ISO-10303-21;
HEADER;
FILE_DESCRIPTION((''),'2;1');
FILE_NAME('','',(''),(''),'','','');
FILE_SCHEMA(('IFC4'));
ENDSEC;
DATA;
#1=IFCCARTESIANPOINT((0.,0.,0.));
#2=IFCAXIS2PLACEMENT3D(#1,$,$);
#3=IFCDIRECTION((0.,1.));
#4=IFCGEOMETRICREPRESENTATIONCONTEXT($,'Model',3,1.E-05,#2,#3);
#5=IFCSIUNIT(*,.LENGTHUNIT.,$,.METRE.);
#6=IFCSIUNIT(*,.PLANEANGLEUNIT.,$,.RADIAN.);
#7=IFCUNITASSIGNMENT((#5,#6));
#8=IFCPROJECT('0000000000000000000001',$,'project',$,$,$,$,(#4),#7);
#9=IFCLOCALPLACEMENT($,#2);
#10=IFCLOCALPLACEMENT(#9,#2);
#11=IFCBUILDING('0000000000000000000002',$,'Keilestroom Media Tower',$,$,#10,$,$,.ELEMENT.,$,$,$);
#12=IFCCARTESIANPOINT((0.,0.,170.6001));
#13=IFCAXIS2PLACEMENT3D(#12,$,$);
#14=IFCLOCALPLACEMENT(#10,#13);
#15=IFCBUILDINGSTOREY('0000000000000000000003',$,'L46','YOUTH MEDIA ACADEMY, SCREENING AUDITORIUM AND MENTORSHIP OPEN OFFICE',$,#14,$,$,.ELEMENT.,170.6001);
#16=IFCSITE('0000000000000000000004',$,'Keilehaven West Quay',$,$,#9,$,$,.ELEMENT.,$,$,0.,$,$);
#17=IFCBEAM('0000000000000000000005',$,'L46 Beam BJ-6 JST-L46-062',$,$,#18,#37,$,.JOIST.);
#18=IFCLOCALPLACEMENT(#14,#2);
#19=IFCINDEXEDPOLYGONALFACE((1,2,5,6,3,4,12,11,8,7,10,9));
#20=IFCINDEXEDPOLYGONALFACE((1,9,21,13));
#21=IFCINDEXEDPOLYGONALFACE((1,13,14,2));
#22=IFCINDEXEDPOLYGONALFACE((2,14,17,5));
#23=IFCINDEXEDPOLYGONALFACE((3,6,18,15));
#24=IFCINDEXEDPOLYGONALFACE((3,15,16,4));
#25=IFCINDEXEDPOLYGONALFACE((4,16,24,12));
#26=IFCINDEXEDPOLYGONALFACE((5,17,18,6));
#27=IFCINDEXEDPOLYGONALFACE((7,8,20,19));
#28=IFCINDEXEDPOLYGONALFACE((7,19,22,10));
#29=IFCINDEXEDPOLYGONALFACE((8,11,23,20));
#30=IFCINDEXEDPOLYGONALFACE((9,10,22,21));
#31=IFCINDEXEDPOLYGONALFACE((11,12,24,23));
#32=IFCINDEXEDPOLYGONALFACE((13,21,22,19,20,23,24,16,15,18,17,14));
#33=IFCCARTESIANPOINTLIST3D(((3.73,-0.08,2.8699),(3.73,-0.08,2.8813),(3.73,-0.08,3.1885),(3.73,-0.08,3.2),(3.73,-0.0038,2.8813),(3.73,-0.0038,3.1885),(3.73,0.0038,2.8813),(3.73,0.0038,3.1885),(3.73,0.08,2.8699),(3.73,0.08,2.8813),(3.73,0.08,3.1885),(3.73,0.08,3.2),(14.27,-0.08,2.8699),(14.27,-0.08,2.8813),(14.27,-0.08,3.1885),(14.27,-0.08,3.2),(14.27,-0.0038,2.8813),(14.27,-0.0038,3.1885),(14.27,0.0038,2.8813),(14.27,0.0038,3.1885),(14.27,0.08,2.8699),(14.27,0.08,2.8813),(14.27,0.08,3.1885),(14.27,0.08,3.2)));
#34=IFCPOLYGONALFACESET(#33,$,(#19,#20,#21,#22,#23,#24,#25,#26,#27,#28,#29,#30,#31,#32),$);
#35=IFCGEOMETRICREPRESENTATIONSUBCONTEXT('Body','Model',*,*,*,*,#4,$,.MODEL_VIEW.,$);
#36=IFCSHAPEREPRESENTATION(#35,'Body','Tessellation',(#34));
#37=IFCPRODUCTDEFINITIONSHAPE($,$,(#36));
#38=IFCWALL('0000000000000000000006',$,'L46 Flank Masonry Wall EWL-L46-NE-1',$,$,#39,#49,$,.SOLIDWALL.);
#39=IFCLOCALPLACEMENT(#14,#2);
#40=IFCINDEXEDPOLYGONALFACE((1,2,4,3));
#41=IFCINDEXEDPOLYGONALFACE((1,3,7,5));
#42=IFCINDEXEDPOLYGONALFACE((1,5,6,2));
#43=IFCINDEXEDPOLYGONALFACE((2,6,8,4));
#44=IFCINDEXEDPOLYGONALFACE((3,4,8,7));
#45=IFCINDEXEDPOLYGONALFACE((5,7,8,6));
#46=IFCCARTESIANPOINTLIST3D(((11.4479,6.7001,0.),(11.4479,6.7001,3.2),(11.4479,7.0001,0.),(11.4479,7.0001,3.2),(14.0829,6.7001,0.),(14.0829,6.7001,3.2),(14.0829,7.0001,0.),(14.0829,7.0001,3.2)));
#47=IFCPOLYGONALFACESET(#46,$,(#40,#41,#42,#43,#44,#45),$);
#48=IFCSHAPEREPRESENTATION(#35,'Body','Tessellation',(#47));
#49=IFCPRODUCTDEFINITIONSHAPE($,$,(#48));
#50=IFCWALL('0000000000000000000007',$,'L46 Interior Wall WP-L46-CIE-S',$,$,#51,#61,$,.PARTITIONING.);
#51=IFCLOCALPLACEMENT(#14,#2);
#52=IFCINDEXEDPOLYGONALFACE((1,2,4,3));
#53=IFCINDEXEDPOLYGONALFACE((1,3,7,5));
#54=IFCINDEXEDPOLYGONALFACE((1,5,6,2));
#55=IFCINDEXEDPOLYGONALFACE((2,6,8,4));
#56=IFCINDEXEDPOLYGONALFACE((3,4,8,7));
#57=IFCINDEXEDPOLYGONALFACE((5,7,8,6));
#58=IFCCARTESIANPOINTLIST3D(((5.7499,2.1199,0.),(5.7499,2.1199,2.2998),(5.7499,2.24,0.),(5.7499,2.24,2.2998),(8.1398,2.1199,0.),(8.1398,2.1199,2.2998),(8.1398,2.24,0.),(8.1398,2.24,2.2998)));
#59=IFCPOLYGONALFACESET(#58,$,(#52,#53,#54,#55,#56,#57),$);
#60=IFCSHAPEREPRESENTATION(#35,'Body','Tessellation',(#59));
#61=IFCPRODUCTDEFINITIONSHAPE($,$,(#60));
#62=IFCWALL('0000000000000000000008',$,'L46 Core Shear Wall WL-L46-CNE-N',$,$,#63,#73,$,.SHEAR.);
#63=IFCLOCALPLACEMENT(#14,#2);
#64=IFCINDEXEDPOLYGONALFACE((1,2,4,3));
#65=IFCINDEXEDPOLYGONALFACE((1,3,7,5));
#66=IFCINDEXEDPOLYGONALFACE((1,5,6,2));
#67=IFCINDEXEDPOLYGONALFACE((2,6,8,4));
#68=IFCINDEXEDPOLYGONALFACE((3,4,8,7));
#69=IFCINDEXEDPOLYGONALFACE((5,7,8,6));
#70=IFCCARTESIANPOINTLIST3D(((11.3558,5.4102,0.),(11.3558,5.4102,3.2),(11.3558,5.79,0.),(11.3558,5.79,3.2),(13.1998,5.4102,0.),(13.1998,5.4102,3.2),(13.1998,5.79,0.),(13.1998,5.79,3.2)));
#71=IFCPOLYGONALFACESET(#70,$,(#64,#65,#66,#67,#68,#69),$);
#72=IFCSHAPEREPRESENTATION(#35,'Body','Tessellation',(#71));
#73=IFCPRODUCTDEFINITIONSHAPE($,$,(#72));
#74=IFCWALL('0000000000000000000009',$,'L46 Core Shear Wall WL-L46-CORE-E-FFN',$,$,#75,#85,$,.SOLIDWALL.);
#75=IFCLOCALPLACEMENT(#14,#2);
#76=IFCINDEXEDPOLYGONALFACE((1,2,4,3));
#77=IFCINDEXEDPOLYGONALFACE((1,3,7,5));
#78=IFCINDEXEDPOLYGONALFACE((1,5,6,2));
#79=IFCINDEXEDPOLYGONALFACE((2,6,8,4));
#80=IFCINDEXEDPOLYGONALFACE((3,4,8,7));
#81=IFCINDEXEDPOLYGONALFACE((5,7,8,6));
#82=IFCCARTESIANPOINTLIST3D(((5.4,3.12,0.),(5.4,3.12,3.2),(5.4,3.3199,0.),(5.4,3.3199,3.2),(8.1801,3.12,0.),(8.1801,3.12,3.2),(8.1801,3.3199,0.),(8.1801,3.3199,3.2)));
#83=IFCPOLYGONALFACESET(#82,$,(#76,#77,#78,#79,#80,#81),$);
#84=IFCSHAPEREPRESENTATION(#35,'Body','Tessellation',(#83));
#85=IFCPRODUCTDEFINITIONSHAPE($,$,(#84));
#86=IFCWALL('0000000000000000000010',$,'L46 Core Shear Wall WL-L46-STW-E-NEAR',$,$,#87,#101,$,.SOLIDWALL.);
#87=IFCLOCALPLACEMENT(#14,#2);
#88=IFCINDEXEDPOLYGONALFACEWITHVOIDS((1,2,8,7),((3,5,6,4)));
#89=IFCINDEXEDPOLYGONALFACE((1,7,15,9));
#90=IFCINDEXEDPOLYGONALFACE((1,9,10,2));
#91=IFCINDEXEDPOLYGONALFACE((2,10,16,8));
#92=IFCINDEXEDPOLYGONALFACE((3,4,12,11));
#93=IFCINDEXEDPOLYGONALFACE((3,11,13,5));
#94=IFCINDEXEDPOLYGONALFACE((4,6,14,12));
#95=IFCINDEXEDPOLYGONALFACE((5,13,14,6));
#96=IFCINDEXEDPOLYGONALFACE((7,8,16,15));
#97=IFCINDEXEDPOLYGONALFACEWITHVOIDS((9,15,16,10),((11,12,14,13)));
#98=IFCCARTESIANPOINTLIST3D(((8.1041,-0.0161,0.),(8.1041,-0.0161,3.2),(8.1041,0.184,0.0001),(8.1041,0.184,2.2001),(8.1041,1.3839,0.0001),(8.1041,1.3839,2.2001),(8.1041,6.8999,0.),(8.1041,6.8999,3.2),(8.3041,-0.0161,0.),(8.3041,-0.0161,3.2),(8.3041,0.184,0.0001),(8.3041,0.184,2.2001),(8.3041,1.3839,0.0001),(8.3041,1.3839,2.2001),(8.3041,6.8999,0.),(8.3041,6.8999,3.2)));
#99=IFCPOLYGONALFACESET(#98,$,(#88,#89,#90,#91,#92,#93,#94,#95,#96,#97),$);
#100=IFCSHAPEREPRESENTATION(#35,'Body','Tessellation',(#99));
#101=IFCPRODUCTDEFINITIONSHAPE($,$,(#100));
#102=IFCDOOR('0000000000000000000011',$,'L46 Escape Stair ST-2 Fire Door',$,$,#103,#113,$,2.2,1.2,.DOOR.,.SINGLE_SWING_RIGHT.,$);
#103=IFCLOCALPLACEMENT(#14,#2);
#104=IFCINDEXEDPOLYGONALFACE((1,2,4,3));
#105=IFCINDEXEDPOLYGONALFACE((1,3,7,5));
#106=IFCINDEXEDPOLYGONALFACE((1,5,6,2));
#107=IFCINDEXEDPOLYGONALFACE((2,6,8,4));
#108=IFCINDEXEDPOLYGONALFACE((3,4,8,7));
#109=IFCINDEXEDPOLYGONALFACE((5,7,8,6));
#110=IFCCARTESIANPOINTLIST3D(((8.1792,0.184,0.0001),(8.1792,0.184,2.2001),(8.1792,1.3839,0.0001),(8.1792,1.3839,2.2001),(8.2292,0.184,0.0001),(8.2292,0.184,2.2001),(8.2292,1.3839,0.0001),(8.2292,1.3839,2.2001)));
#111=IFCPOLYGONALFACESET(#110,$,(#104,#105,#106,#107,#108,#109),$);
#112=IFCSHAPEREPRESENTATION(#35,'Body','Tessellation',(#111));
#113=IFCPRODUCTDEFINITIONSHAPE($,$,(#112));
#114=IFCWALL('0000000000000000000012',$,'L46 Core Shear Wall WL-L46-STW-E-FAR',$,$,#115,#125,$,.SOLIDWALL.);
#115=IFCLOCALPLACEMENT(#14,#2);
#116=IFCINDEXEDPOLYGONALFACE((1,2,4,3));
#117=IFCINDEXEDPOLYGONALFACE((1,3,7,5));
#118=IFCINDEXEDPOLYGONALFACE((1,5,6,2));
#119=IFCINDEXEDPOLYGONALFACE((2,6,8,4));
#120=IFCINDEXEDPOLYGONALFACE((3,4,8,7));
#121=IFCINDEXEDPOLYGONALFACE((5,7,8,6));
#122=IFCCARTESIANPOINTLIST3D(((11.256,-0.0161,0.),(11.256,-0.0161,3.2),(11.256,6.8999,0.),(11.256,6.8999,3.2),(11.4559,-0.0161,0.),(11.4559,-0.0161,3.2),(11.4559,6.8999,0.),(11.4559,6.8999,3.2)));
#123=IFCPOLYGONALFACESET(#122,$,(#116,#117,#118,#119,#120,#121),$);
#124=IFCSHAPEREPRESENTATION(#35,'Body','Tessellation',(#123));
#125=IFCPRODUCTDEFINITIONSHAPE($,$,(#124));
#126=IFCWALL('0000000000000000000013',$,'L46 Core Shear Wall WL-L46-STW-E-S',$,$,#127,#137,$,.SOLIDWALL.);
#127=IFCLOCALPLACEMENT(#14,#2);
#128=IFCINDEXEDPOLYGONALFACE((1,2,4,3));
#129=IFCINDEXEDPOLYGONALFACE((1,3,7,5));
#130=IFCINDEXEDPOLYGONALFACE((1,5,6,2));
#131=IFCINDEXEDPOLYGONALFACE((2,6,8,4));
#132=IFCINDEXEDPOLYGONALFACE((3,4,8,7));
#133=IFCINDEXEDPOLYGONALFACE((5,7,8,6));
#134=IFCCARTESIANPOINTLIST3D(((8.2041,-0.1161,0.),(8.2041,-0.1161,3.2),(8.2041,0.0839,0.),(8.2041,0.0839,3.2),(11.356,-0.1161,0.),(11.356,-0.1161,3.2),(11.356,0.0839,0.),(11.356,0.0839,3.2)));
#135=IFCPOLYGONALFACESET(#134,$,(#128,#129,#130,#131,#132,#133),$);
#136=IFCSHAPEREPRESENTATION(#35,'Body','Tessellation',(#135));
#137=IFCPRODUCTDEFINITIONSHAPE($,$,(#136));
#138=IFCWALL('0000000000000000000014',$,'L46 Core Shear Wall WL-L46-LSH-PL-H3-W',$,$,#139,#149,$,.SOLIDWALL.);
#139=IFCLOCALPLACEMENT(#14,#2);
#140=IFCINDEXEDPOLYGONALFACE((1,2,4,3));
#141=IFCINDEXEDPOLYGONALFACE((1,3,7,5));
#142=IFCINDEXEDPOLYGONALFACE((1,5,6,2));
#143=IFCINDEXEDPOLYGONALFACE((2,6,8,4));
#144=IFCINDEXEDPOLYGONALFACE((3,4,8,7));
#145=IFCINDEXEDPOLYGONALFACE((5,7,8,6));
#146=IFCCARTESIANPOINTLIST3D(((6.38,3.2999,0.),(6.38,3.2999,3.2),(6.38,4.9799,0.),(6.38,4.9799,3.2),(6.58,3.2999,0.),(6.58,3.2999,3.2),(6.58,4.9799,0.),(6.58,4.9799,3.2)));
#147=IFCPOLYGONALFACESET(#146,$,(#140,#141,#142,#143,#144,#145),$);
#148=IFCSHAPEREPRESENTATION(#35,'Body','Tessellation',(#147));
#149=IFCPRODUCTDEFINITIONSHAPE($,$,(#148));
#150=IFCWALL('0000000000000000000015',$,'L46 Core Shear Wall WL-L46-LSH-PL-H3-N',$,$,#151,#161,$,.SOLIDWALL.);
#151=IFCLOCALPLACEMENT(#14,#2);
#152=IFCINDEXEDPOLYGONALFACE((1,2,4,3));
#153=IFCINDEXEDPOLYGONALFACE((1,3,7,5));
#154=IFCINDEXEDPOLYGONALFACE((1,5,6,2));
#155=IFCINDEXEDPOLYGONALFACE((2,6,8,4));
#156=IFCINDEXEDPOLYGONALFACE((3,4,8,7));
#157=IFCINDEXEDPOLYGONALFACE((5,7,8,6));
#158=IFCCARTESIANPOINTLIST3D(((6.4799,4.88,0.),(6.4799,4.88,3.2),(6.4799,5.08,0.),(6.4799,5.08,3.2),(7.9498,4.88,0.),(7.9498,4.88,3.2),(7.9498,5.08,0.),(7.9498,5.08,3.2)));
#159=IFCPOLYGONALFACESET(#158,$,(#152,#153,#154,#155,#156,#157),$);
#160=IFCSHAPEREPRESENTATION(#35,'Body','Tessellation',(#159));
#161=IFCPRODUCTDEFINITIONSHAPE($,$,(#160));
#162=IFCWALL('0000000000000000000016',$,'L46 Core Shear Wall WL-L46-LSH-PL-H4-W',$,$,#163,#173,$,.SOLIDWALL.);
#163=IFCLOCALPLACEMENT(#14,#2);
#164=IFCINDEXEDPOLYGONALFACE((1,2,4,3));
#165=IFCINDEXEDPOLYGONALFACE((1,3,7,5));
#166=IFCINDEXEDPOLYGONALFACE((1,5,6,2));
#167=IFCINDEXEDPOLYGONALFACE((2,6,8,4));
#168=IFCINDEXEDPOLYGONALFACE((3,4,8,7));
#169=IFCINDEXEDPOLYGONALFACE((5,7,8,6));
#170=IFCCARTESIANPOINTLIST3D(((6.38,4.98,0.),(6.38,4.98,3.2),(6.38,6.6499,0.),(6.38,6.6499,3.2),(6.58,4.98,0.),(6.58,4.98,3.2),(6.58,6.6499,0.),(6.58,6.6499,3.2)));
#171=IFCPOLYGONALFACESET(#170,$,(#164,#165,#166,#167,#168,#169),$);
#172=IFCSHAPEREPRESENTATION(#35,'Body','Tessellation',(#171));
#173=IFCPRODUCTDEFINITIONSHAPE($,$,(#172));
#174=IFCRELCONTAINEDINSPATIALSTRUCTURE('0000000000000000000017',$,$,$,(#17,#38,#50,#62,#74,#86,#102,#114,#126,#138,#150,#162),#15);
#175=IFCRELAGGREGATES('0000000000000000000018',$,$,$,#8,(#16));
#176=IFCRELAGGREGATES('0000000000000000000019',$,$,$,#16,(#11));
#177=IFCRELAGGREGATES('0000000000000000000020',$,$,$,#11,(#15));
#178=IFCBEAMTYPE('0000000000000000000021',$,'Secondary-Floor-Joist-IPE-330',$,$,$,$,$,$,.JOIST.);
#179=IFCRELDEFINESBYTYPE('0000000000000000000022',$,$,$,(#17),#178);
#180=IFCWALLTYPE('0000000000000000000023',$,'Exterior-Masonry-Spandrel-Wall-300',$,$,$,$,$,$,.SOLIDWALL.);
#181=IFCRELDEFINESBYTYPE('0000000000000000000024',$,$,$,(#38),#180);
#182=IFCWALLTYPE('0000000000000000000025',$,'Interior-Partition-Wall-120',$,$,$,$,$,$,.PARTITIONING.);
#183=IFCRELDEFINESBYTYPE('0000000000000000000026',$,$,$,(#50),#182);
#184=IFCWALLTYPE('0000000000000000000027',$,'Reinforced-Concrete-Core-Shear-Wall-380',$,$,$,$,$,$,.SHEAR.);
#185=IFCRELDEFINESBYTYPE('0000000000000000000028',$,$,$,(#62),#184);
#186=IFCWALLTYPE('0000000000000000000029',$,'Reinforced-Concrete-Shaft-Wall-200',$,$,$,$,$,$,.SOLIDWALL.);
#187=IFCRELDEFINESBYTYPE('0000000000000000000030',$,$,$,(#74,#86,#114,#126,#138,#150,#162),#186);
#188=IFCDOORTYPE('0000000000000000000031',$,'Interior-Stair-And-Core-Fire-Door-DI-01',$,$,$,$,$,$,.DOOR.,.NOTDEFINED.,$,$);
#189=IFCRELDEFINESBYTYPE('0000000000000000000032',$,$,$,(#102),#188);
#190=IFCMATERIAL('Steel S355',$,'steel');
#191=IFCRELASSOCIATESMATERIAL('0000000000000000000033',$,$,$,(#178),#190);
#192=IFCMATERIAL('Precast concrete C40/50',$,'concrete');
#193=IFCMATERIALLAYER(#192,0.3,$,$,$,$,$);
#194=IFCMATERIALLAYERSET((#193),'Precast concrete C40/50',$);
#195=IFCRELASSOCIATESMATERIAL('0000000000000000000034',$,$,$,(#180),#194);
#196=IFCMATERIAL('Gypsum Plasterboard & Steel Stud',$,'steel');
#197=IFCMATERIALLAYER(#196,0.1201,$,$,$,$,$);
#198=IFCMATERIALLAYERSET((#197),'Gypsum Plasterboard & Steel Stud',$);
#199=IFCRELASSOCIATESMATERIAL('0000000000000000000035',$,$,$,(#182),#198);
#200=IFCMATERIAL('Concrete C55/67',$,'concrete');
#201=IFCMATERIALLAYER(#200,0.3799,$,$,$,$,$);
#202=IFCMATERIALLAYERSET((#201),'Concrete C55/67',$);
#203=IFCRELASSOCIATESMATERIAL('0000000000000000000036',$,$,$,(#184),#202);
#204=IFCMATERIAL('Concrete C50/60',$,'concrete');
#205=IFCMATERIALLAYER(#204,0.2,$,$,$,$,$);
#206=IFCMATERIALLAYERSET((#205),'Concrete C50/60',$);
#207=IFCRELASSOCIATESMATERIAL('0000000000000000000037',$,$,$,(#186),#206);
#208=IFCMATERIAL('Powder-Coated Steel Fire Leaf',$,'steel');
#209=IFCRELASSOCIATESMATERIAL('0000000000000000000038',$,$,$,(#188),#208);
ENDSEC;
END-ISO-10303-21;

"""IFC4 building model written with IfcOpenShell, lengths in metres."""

from ifc_helpers import new_model, si_unit, direction, frame, frame_2d, origin, origin_2d, place, context, subcontext, project, spatial, rectangle, i_section, extrude, source, transform, mapped, material, layer, layer_set, material_profile, profile_set, type_object, element, fill, save


model = new_model("IFC4")

# Units and contexts
model_context = context("Model", 3, precision=1e-05, world=origin(), true_north=direction((0.0, 1.0)))
body_context = subcontext(model_context, "Body", "Model", "MODEL_VIEW")
ifc_project = project(units=[si_unit("LENGTHUNIT", "METRE"), si_unit("PLANEANGLEUNIT", "RADIAN")], contexts=[model_context])

# Site, building, storey
site_placement = place(None, origin())
site = spatial("IfcSite", under=ifc_project, at=site_placement, Name="Keilehaven West Quay", CompositionType="ELEMENT", RefElevation=0.0)
building_placement = place(site_placement, origin())
building = spatial("IfcBuilding", under=site, at=building_placement, Name="Keilestroom Media Tower", CompositionType="ELEMENT")
storey_placement = place(building_placement, frame((0.0, 0.0, 170.6001)))
storey = spatial("IfcBuildingStorey", under=building, at=storey_placement, Name="L46", Description="YOUTH MEDIA ACADEMY, SCREENING AUDITORIUM AND MENTORSHIP OPEN OFFICE", CompositionType="ELEMENT", Elevation=170.6001)

# Beam
ifc_material_1 = material(Name="Steel S355", Category="steel")
ifc_material_profile = material_profile(ifc_material_1, i_section(OverallWidth=0.1599, OverallDepth=0.3301, WebThickness=0.0076, FlangeThickness=0.0115, at=origin_2d()), Name="IPE 330")
ifc_profile_set = profile_set([ifc_material_profile], Name="Steel S355")
beam_type = type_object("IfcBeamType", Name="Secondary-Floor-Joist-IPE-330", PredefinedType="JOIST", material=ifc_profile_set)
shared_shape_1 = source(origin(), body_context, "Body", "SweptSolid", [
    extrude(i_section(OverallWidth=0.1599, OverallDepth=0.3301, WebThickness=0.0076, FlangeThickness=0.0115, at=origin_2d()), origin(), (0.0, 0.0, 1.0), 10.54),
])
beam_placement = place(storey_placement, frame((3.73, 0.0, 3.0349), z_axis=(1.0, 0.0, 0.0), x_axis=(0.0, 1.0, 0.0)))
element("IfcBeam", 1, at=beam_placement, inside=storey, type_object=beam_type, Name="L46 Beam BJ-6 JST-L46-062", PredefinedType="JOIST", context=body_context, shape_type="MappedRepresentation", body=[
    mapped(shared_shape_1, transform((0.0, 0.0, 0.0), x_axis=(1.0, 0.0, 0.0), y_axis=(0.0, 1.0, 0.0), z_axis=(0.0, 0.0, 1.0), scale=1.0)),
])

# Walls
ifc_material_2 = material(Name="Precast concrete C40/50", Category="concrete")
ifc_layer_1 = layer(ifc_material_2, 0.3)
ifc_layer_set_1 = layer_set([ifc_layer_1], Name="Precast concrete C40/50")
wall_type_1 = type_object("IfcWallType", Name="Exterior-Masonry-Spandrel-Wall-300", PredefinedType="SOLIDWALL", material=ifc_layer_set_1)
wall_1_placement = place(storey_placement, frame((11.448, 6.8501, 0.0), z_axis=(0.0, 0.0, 1.0), x_axis=(1.0, 0.0, 0.0)))
element("IfcWall", 2, at=wall_1_placement, inside=storey, type_object=wall_type_1, Name="L46 Flank Masonry Wall EWL-L46-NE-1", PredefinedType="SOLIDWALL", context=body_context, shape_type="SweptSolid", body=[
    extrude(rectangle(XDim=2.635, YDim=0.3, at=frame_2d((1.3174, 0.0))), origin(), (0.0, 0.0, 1.0), 3.2),
])
ifc_material_3 = material(Name="Gypsum Plasterboard & Steel Stud", Category="steel")
ifc_layer_2 = layer(ifc_material_3, 0.1201)
ifc_layer_set_2 = layer_set([ifc_layer_2], Name="Gypsum Plasterboard & Steel Stud")
wall_type_2 = type_object("IfcWallType", Name="Interior-Partition-Wall-120", PredefinedType="PARTITIONING", material=ifc_layer_set_2)
wall_2_placement = place(storey_placement, frame((5.75, 2.1799, 0.0), z_axis=(0.0, 0.0, 1.0), x_axis=(1.0, 0.0, 0.0)))
element("IfcWall", 3, at=wall_2_placement, inside=storey, type_object=wall_type_2, Name="L46 Interior Wall WP-L46-CIE-S", PredefinedType="PARTITIONING", context=body_context, shape_type="SweptSolid", body=[
    extrude(rectangle(XDim=2.3899, YDim=0.1201, at=frame_2d((1.1948, 0.0))), origin(), (0.0, 0.0, 1.0), 2.2998),
])
ifc_material_4 = material(Name="Concrete C55/67", Category="concrete")
ifc_layer_3 = layer(ifc_material_4, 0.3799)
ifc_layer_set_3 = layer_set([ifc_layer_3], Name="Concrete C55/67")
wall_type_3 = type_object("IfcWallType", Name="Reinforced-Concrete-Core-Shear-Wall-380", PredefinedType="SHEAR", material=ifc_layer_set_3)
wall_3_placement = place(storey_placement, frame((11.356, 5.6001, 0.0), z_axis=(0.0, 0.0, 1.0), x_axis=(1.0, 0.0, 0.0)))
element("IfcWall", 4, at=wall_3_placement, inside=storey, type_object=wall_type_3, Name="L46 Core Shear Wall WL-L46-CNE-N", PredefinedType="SHEAR", context=body_context, shape_type="SweptSolid", body=[
    extrude(rectangle(XDim=1.844, YDim=0.3799, at=frame_2d((0.9219, 0.0))), origin(), (0.0, 0.0, 1.0), 3.2),
])
ifc_material_5 = material(Name="Concrete C50/60", Category="concrete")
ifc_layer_4 = layer(ifc_material_5, 0.2)
ifc_layer_set_4 = layer_set([ifc_layer_4], Name="Concrete C50/60")
wall_type_4 = type_object("IfcWallType", Name="Reinforced-Concrete-Shaft-Wall-200", PredefinedType="SOLIDWALL", material=ifc_layer_set_4)
wall_4_placement = place(storey_placement, frame((5.3999, 3.22, 0.0), z_axis=(0.0, 0.0, 1.0), x_axis=(1.0, 0.0, 0.0)))
element("IfcWall", 5, at=wall_4_placement, inside=storey, type_object=wall_type_4, Name="L46 Core Shear Wall WL-L46-CORE-E-FFN", PredefinedType="SOLIDWALL", context=body_context, shape_type="SweptSolid", body=[
    extrude(rectangle(XDim=2.78, YDim=0.2, at=frame_2d((1.3901, 0.0))), origin(), (0.0, 0.0, 1.0), 3.2),
])

# Wall, opening, door
wall_5_placement = place(storey_placement, frame((8.2041, -0.0161, 0.0), z_axis=(0.0, 0.0, 1.0), x_axis=(0.0, 1.0, 0.0)))
wall_5 = element("IfcWall", 6, at=wall_5_placement, inside=storey, type_object=wall_type_4, Name="L46 Core Shear Wall WL-L46-STW-E-NEAR", PredefinedType="SOLIDWALL", context=body_context, shape_type="SweptSolid", body=[
    extrude(rectangle(XDim=6.916, YDim=0.2, at=frame_2d((3.458, 0.0))), origin(), (0.0, 0.0, 1.0), 3.2),
])
opening_placement = place(wall_5_placement, frame((0.2, 0.0, 0.0)))
opening = element("IfcOpeningElement", 7, at=opening_placement, cuts=wall_5, PredefinedType="OPENING", context=body_context, shape_type="SweptSolid", body=[
    extrude(rectangle(XDim=1.2, YDim=2.2, at=frame_2d((0.6001, 1.1001))), frame((0.0, 0.1099, 0.0), z_axis=(0.0, -1.0, 0.0), x_axis=(1.0, 0.0, 0.0)), (0.0, 0.0, 1.0), 0.22),
])
ifc_material_6 = material(Name="Powder-Coated Steel Fire Leaf", Category="steel")
door_type = type_object("IfcDoorType", Name="Interior-Stair-And-Core-Fire-Door-DI-01", OperationType="NOTDEFINED", PredefinedType="DOOR", material=ifc_material_6)
shared_shape_2 = source(origin(), body_context, "Body", "SweptSolid", [
    extrude(rectangle(XDim=1.2, YDim=2.2, at=frame_2d((0.6001, 1.1001))), frame((0.0, 0.0249, 0.0), z_axis=(0.0, -1.0, 0.0), x_axis=(1.0, 0.0, 0.0)), (0.0, 0.0, 1.0), 0.05),
])
door_placement = place(opening_placement, origin())
door = element("IfcDoor", 8, at=door_placement, inside=storey, type_object=door_type, Name="L46 Escape Stair ST-2 Fire Door", OperationType="SINGLE_SWING_RIGHT", OverallHeight=2.2, OverallWidth=1.2, PredefinedType="DOOR", context=body_context, shape_type="MappedRepresentation", body=[
    mapped(shared_shape_2, transform((0.0, 0.0, 0.0), x_axis=(1.0, 0.0, 0.0), y_axis=(0.0, 1.0, 0.0), z_axis=(0.0, 0.0, 1.0), scale=1.0)),
])
fill(opening, door)

# Walls
wall_6_placement = place(storey_placement, frame((11.356, -0.0161, 0.0), z_axis=(0.0, 0.0, 1.0), x_axis=(0.0, 1.0, 0.0)))
element("IfcWall", 9, at=wall_6_placement, inside=storey, type_object=wall_type_4, Name="L46 Core Shear Wall WL-L46-STW-E-FAR", PredefinedType="SOLIDWALL", context=body_context, shape_type="SweptSolid", body=[
    extrude(rectangle(XDim=6.916, YDim=0.2, at=frame_2d((3.458, 0.0))), origin(), (0.0, 0.0, 1.0), 3.2),
])
wall_7_placement = place(storey_placement, frame((8.2041, -0.0161, 0.0), z_axis=(0.0, 0.0, 1.0), x_axis=(1.0, 0.0, 0.0)))
element("IfcWall", 10, at=wall_7_placement, inside=storey, type_object=wall_type_4, Name="L46 Core Shear Wall WL-L46-STW-E-S", PredefinedType="SOLIDWALL", context=body_context, shape_type="SweptSolid", body=[
    extrude(rectangle(XDim=3.1519, YDim=0.2, at=frame_2d((1.5759, 0.0))), origin(), (0.0, 0.0, 1.0), 3.2),
])
wall_8_placement = place(storey_placement, frame((6.48, 3.3, 0.0), z_axis=(0.0, 0.0, 1.0), x_axis=(0.0, 1.0, 0.0)))
element("IfcWall", 11, at=wall_8_placement, inside=storey, type_object=wall_type_4, Name="L46 Core Shear Wall WL-L46-LSH-PL-H3-W", PredefinedType="SOLIDWALL", context=body_context, shape_type="SweptSolid", body=[
    extrude(rectangle(XDim=1.6799, YDim=0.2, at=frame_2d((0.8398, 0.0))), origin(), (0.0, 0.0, 1.0), 3.2),
])
wall_9_placement = place(storey_placement, frame((6.48, 4.98, 0.0), z_axis=(0.0, 0.0, 1.0), x_axis=(1.0, 0.0, 0.0)))
element("IfcWall", 12, at=wall_9_placement, inside=storey, type_object=wall_type_4, Name="L46 Core Shear Wall WL-L46-LSH-PL-H3-N", PredefinedType="SOLIDWALL", context=body_context, shape_type="SweptSolid", body=[
    extrude(rectangle(XDim=1.47, YDim=0.2, at=frame_2d((0.7349, 0.0))), origin(), (0.0, 0.0, 1.0), 3.2),
])
wall_10_placement = place(storey_placement, frame((6.48, 4.98, 0.0), z_axis=(0.0, 0.0, 1.0), x_axis=(0.0, 1.0, 0.0)))
element("IfcWall", 13, at=wall_10_placement, inside=storey, type_object=wall_type_4, Name="L46 Core Shear Wall WL-L46-LSH-PL-H4-W", PredefinedType="SOLIDWALL", context=body_context, shape_type="SweptSolid", body=[
    extrude(rectangle(XDim=1.6699, YDim=0.2, at=frame_2d((0.835, 0.0))), origin(), (0.0, 0.0, 1.0), 3.2),
])

save(model, "model.ifc")
